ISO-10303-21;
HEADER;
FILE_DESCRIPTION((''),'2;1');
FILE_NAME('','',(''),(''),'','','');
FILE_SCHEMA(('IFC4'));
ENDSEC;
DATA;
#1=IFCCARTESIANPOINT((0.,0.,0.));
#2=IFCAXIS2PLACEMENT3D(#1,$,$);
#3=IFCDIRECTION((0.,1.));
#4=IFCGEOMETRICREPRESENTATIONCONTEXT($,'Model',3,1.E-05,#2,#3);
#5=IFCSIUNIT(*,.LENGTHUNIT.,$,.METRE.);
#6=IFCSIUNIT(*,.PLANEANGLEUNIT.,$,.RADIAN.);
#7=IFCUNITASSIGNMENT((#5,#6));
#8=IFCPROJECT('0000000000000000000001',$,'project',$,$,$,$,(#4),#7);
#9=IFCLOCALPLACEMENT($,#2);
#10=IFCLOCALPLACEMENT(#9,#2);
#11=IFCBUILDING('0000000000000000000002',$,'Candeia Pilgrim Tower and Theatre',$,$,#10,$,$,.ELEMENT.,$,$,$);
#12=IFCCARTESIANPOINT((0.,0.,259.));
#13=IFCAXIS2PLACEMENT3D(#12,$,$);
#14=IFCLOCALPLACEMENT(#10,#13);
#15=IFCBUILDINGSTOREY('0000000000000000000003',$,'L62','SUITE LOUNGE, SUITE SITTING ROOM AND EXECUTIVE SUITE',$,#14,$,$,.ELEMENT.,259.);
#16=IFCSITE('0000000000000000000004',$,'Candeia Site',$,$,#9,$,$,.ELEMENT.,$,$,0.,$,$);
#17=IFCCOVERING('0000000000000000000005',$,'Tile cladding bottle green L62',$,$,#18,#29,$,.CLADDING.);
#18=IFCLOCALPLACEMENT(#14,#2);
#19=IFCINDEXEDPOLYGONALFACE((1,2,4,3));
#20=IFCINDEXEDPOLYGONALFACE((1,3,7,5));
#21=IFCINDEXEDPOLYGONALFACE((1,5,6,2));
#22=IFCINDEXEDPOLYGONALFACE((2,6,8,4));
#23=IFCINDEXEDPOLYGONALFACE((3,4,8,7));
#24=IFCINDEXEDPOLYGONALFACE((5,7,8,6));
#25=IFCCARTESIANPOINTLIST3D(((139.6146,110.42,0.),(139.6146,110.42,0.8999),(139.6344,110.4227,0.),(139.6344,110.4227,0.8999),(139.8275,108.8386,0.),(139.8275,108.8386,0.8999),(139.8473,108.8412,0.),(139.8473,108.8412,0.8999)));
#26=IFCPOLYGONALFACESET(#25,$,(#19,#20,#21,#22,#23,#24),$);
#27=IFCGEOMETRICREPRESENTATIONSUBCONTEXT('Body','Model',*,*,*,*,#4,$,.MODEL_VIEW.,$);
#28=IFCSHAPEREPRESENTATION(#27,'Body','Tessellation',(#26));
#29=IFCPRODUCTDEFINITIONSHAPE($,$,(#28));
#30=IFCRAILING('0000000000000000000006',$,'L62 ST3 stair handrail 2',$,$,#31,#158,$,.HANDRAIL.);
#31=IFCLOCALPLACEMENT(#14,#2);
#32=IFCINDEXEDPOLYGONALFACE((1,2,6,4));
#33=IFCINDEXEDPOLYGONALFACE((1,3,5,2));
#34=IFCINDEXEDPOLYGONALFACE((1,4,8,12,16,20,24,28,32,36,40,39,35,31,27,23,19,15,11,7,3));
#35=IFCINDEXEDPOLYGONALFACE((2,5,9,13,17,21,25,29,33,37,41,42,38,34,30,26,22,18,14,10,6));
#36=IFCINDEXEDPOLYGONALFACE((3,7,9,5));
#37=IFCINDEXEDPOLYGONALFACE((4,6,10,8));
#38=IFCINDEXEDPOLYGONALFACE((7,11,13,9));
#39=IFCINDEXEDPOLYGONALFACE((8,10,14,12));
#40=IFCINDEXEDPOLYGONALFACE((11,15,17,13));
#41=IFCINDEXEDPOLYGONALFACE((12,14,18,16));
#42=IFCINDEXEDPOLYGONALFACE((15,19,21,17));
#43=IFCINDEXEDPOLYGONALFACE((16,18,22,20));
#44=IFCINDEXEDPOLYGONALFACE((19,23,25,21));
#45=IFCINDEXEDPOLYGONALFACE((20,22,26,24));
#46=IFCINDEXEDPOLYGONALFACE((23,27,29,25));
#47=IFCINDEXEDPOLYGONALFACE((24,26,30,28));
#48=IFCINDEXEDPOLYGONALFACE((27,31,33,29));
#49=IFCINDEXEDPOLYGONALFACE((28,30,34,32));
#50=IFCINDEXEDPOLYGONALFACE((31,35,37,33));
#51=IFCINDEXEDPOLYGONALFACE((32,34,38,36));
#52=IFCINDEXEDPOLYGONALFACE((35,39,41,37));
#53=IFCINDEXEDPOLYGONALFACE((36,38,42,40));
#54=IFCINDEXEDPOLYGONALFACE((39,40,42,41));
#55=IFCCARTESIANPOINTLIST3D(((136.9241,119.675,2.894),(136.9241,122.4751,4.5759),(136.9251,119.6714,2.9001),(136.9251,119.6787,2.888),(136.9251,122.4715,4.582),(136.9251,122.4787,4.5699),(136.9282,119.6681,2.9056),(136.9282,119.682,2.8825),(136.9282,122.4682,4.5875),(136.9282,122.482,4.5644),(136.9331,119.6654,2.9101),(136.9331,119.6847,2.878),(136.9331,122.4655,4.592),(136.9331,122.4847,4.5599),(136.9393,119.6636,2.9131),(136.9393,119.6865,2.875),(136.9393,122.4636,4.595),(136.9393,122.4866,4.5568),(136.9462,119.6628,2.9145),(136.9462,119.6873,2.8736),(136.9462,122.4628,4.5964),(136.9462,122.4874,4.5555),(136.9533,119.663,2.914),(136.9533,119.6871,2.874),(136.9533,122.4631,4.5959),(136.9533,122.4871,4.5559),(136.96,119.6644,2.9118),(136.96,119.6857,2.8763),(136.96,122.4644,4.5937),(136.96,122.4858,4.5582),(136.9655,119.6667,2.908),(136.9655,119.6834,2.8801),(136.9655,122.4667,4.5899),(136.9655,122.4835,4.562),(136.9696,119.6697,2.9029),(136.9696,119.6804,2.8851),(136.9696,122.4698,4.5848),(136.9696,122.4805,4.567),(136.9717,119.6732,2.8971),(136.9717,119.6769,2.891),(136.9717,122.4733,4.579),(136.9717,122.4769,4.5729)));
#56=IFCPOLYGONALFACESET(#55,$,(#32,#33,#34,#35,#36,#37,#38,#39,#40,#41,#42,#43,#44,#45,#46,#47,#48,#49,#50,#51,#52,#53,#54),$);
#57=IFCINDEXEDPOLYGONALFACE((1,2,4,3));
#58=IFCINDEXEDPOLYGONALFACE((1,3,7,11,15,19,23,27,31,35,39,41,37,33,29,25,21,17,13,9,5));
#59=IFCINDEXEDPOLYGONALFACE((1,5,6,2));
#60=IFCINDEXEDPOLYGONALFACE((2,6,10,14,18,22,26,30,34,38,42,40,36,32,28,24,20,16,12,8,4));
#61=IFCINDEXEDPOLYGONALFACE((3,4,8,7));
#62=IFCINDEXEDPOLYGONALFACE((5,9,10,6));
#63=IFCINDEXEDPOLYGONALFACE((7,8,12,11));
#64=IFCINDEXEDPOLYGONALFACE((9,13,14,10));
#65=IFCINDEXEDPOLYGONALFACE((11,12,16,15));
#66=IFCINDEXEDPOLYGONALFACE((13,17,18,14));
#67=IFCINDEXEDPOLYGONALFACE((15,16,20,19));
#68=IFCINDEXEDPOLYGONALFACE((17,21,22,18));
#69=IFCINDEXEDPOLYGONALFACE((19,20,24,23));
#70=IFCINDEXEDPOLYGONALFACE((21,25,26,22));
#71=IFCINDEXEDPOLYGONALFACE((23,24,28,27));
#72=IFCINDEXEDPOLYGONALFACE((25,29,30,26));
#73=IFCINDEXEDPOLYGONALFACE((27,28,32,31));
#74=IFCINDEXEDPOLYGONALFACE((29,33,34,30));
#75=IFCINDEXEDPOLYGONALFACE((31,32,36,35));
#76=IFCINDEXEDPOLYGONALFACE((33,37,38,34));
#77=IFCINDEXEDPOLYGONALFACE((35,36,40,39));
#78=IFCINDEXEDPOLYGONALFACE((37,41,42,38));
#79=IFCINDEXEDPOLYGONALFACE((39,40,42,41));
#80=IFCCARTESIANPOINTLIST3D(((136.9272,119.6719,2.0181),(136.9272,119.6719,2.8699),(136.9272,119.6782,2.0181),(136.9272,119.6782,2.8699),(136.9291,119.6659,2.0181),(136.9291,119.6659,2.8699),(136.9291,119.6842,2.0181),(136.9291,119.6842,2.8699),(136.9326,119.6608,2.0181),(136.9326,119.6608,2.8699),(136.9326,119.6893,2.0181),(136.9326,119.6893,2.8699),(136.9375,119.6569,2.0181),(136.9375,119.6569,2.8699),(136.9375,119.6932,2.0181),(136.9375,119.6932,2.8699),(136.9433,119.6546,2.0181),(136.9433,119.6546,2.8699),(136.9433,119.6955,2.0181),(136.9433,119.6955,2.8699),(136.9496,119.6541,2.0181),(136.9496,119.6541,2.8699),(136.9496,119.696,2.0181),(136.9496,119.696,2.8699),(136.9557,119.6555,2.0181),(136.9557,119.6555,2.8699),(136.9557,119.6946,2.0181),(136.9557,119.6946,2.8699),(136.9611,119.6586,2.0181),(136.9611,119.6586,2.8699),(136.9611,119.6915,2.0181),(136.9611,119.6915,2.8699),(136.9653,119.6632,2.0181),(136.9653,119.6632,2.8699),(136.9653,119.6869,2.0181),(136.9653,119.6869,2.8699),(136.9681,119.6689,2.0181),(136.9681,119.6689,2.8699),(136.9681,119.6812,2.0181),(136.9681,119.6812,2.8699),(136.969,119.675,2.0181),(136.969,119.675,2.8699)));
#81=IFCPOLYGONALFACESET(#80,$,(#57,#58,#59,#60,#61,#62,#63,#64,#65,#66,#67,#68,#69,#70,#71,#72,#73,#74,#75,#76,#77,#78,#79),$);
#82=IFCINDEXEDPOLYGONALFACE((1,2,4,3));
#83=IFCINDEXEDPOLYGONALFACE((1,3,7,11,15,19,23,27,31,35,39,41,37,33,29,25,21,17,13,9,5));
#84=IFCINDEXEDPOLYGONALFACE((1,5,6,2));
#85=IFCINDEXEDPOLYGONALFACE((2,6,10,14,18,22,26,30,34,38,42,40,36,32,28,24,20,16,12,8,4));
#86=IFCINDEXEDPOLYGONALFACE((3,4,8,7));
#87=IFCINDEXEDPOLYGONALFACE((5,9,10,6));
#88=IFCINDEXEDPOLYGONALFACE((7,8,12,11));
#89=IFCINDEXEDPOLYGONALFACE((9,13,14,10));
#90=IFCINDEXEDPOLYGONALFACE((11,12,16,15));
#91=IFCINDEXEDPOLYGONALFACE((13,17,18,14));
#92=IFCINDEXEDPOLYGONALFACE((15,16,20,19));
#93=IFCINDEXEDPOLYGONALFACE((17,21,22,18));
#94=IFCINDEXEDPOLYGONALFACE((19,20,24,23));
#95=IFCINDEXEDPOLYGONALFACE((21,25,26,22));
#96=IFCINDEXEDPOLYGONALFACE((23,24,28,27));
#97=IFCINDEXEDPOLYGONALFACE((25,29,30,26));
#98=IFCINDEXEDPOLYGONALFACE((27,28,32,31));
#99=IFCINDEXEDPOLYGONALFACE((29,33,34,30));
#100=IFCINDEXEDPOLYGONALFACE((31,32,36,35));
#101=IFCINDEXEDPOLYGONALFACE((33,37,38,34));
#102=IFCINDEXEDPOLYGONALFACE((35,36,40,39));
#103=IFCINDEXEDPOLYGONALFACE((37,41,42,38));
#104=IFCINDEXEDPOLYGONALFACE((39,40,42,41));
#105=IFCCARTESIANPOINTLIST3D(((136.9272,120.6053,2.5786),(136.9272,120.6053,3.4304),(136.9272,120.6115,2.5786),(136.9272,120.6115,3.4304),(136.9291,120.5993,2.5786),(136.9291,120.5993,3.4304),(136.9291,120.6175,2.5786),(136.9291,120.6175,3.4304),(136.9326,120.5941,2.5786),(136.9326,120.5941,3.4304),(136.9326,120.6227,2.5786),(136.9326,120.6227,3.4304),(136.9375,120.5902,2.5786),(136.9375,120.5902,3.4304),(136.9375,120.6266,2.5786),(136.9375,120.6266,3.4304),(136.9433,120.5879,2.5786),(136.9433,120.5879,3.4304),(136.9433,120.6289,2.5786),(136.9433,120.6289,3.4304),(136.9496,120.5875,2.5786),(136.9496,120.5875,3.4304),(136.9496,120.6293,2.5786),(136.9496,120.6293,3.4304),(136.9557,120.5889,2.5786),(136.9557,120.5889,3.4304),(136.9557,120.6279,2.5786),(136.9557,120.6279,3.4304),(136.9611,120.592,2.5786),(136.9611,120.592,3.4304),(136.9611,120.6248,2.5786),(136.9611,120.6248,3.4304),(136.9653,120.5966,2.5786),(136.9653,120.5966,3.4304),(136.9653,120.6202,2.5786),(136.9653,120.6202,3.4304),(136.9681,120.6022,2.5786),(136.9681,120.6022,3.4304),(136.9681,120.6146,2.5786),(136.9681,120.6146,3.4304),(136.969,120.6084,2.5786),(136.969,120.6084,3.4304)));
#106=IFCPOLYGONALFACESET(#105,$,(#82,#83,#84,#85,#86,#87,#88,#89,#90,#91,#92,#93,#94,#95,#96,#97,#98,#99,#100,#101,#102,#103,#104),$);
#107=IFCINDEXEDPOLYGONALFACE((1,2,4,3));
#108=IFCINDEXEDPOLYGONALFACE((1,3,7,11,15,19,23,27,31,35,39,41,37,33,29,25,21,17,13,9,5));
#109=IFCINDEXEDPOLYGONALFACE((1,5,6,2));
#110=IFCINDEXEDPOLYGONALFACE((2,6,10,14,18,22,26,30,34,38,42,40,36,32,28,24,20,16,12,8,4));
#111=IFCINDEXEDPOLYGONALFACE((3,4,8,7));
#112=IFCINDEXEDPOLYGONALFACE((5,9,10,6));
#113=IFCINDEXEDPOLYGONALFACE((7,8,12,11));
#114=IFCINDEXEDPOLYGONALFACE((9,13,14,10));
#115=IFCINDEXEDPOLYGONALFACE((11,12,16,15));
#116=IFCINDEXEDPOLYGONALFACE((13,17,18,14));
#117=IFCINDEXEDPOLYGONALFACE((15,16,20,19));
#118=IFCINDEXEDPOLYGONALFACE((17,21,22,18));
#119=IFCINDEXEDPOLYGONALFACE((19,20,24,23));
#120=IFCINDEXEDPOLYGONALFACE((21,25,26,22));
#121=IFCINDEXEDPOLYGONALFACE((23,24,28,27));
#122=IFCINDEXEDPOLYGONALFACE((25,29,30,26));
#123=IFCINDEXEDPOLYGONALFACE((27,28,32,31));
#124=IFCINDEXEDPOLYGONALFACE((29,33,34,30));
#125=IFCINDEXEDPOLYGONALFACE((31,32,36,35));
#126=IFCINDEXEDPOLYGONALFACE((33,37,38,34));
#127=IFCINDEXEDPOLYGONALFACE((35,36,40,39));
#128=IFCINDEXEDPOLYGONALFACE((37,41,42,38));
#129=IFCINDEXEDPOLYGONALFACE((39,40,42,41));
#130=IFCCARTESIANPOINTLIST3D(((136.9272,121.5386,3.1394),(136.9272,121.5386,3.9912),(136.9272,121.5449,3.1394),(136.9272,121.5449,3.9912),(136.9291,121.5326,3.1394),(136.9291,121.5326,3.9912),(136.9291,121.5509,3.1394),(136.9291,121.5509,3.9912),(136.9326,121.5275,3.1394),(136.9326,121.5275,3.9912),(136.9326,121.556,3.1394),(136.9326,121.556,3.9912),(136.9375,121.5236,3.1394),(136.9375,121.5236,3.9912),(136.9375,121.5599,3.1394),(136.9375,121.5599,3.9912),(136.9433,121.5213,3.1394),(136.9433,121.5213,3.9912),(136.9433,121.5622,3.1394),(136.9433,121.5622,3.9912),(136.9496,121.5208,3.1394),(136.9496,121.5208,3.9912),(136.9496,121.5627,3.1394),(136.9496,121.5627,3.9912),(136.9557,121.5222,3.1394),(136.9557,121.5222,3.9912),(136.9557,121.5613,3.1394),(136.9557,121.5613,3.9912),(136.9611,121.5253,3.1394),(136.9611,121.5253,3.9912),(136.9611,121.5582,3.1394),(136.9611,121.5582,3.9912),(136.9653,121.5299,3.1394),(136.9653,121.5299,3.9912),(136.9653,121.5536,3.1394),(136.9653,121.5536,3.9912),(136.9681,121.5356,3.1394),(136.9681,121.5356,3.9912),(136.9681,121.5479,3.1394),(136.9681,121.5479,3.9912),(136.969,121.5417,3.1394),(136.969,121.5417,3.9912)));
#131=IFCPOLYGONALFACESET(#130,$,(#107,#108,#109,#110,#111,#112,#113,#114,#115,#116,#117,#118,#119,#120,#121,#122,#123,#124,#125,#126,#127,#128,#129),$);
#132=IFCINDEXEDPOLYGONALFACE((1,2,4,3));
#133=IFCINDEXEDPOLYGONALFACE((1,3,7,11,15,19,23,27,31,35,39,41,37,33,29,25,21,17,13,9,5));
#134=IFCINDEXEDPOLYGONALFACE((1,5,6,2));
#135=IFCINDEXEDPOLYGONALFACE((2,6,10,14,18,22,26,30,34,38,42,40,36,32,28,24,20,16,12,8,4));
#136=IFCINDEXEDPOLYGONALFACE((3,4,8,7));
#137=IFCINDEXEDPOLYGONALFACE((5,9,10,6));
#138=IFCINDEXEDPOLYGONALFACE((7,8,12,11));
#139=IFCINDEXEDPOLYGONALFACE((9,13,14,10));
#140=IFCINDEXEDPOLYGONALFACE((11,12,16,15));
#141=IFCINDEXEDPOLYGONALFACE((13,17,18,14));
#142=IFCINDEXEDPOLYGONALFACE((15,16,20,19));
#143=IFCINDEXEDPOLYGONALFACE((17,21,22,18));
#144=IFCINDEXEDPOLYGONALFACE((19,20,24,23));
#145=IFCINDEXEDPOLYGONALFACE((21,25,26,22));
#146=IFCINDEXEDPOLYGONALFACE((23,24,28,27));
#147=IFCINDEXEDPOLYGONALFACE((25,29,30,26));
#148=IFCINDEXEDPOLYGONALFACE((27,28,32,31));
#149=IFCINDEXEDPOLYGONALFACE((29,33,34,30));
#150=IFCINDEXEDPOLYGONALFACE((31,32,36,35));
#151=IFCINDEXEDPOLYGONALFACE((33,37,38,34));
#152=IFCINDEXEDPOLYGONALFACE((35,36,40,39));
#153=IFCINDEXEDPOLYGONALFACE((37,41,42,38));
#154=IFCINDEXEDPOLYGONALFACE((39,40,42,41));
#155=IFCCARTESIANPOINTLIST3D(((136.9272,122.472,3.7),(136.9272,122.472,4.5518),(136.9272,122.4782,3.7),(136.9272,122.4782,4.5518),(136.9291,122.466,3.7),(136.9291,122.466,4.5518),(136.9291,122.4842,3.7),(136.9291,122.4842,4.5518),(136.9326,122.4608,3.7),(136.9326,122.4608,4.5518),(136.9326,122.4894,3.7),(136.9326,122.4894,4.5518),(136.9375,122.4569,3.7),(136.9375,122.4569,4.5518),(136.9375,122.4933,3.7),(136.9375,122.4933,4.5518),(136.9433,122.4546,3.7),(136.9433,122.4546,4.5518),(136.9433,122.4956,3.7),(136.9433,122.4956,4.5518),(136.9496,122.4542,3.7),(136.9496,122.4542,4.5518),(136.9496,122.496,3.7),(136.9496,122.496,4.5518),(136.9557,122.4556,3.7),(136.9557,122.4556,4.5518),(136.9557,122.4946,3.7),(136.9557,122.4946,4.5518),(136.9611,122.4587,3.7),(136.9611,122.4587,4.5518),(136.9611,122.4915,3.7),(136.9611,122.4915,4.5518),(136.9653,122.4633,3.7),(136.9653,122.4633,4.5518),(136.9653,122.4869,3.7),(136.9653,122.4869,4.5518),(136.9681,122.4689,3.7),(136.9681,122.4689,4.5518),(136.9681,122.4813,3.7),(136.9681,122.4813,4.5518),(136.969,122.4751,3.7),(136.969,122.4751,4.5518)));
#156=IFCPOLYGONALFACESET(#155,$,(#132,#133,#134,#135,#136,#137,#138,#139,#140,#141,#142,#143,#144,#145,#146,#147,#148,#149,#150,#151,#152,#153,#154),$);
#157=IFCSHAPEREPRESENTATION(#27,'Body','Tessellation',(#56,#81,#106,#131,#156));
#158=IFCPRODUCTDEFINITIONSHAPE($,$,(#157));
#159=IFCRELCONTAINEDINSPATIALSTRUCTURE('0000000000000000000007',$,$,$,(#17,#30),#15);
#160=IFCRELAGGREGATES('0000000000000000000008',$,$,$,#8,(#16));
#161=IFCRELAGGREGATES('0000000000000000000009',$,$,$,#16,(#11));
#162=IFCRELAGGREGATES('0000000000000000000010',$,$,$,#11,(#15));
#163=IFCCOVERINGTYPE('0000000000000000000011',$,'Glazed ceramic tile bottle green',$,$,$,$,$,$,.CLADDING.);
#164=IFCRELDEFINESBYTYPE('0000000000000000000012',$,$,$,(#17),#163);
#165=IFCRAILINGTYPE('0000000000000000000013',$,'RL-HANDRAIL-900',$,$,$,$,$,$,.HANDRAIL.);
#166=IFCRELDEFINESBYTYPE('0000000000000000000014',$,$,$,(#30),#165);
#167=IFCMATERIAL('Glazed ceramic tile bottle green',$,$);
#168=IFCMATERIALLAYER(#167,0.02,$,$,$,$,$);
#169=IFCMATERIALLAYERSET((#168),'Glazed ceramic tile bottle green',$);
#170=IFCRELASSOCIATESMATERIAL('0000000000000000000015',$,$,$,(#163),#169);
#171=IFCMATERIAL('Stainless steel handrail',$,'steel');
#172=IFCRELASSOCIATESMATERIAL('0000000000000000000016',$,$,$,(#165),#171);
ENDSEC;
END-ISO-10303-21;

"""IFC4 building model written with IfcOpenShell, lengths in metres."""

from ifc_helpers import new_model, si_unit, direction, frame, origin, origin_2d, place, context, subcontext, project, spatial, rectangle, circle, extrude, material, layer, layer_set, type_object, element, save


model = new_model("IFC4")

# Units and contexts
model_context = context("Model", 3, precision=1e-05, world=origin(), true_north=direction((0.0, 1.0)))
body_context = subcontext(model_context, "Body", "Model", "MODEL_VIEW")
ifc_project = project(units=[si_unit("LENGTHUNIT", "METRE"), si_unit("PLANEANGLEUNIT", "RADIAN")], contexts=[model_context])

# Site, building, storey
site_placement = place(None, origin())
site = spatial("IfcSite", under=ifc_project, at=site_placement, Name="Candeia Site", CompositionType="ELEMENT", RefElevation=0.0)
building_placement = place(site_placement, origin())
building = spatial("IfcBuilding", under=site, at=building_placement, Name="Candeia Pilgrim Tower and Theatre", CompositionType="ELEMENT")
storey_placement = place(building_placement, frame((0.0, 0.0, 259.0)))
storey = spatial("IfcBuildingStorey", under=building, at=storey_placement, Name="L62", Description="SUITE LOUNGE, SUITE SITTING ROOM AND EXECUTIVE SUITE", CompositionType="ELEMENT", Elevation=259.0)

# Covering
ifc_material_1 = material(Name="Glazed ceramic tile bottle green")
ifc_layer_1 = layer(ifc_material_1, 0.02)
ifc_layer_set_1 = layer_set([ifc_layer_1], Name="Glazed ceramic tile bottle green")
covering_type = type_object("IfcCoveringType", Name="Glazed ceramic tile bottle green", PredefinedType="CLADDING", material=ifc_layer_set_1)
covering_placement = place(storey_placement, frame((139.731, 109.6306, 0.0), z_axis=(0.0, 0.0, 1.0), x_axis=(-0.133412, 0.991061, 0.0)))
element("IfcCovering", 1, at=covering_placement, inside=storey, type_object=covering_type, Name="Tile cladding bottle green L62", PredefinedType="CLADDING", context=body_context, shape_type="SweptSolid", body=[
    extrude(rectangle(XDim=1.5957, YDim=0.02, at=origin_2d()), origin(), (0.0, 0.0, 1.0), 0.8999),
])

# Railing
ifc_material_2 = material(Name="Stainless steel handrail", Category="steel")
railing_type_1 = type_object("IfcRailingType", Name="RL-HANDRAIL-900", PredefinedType="HANDRAIL", material=ifc_material_2)
railing_1_placement = place(storey_placement, frame((136.948, 119.675, 2.0181)))
element("IfcRailing", 2, at=railing_1_placement, inside=storey, type_object=railing_type_1, Name="L62 ST3 stair handrail 2", PredefinedType="HANDRAIL", context=body_context, shape_type="SweptSolid", body=[
    extrude(circle(Radius=0.0239, at=origin_2d()), frame((0.0, 0.0, 0.876), z_axis=(0.0, 0.857242, 0.514913), x_axis=(-1.0, 0.0, 0.0)), (0.0, 0.0, 1.0), 3.2664),
    extrude(circle(Radius=0.021, at=origin_2d()), origin(), (0.0, 0.0, 1.0), 0.8518),
    extrude(circle(Radius=0.021, at=origin_2d()), frame((0.0, 0.9333, 0.5605)), (0.0, 0.0, 1.0), 0.8518),
    extrude(circle(Radius=0.021, at=origin_2d()), frame((0.0, 1.8667, 1.1213)), (0.0, 0.0, 1.0), 0.8518),
    extrude(circle(Radius=0.021, at=origin_2d()), frame((0.0, 2.8, 1.6819)), (0.0, 0.0, 1.0), 0.8518),
])

save(model, "model.ifc")
